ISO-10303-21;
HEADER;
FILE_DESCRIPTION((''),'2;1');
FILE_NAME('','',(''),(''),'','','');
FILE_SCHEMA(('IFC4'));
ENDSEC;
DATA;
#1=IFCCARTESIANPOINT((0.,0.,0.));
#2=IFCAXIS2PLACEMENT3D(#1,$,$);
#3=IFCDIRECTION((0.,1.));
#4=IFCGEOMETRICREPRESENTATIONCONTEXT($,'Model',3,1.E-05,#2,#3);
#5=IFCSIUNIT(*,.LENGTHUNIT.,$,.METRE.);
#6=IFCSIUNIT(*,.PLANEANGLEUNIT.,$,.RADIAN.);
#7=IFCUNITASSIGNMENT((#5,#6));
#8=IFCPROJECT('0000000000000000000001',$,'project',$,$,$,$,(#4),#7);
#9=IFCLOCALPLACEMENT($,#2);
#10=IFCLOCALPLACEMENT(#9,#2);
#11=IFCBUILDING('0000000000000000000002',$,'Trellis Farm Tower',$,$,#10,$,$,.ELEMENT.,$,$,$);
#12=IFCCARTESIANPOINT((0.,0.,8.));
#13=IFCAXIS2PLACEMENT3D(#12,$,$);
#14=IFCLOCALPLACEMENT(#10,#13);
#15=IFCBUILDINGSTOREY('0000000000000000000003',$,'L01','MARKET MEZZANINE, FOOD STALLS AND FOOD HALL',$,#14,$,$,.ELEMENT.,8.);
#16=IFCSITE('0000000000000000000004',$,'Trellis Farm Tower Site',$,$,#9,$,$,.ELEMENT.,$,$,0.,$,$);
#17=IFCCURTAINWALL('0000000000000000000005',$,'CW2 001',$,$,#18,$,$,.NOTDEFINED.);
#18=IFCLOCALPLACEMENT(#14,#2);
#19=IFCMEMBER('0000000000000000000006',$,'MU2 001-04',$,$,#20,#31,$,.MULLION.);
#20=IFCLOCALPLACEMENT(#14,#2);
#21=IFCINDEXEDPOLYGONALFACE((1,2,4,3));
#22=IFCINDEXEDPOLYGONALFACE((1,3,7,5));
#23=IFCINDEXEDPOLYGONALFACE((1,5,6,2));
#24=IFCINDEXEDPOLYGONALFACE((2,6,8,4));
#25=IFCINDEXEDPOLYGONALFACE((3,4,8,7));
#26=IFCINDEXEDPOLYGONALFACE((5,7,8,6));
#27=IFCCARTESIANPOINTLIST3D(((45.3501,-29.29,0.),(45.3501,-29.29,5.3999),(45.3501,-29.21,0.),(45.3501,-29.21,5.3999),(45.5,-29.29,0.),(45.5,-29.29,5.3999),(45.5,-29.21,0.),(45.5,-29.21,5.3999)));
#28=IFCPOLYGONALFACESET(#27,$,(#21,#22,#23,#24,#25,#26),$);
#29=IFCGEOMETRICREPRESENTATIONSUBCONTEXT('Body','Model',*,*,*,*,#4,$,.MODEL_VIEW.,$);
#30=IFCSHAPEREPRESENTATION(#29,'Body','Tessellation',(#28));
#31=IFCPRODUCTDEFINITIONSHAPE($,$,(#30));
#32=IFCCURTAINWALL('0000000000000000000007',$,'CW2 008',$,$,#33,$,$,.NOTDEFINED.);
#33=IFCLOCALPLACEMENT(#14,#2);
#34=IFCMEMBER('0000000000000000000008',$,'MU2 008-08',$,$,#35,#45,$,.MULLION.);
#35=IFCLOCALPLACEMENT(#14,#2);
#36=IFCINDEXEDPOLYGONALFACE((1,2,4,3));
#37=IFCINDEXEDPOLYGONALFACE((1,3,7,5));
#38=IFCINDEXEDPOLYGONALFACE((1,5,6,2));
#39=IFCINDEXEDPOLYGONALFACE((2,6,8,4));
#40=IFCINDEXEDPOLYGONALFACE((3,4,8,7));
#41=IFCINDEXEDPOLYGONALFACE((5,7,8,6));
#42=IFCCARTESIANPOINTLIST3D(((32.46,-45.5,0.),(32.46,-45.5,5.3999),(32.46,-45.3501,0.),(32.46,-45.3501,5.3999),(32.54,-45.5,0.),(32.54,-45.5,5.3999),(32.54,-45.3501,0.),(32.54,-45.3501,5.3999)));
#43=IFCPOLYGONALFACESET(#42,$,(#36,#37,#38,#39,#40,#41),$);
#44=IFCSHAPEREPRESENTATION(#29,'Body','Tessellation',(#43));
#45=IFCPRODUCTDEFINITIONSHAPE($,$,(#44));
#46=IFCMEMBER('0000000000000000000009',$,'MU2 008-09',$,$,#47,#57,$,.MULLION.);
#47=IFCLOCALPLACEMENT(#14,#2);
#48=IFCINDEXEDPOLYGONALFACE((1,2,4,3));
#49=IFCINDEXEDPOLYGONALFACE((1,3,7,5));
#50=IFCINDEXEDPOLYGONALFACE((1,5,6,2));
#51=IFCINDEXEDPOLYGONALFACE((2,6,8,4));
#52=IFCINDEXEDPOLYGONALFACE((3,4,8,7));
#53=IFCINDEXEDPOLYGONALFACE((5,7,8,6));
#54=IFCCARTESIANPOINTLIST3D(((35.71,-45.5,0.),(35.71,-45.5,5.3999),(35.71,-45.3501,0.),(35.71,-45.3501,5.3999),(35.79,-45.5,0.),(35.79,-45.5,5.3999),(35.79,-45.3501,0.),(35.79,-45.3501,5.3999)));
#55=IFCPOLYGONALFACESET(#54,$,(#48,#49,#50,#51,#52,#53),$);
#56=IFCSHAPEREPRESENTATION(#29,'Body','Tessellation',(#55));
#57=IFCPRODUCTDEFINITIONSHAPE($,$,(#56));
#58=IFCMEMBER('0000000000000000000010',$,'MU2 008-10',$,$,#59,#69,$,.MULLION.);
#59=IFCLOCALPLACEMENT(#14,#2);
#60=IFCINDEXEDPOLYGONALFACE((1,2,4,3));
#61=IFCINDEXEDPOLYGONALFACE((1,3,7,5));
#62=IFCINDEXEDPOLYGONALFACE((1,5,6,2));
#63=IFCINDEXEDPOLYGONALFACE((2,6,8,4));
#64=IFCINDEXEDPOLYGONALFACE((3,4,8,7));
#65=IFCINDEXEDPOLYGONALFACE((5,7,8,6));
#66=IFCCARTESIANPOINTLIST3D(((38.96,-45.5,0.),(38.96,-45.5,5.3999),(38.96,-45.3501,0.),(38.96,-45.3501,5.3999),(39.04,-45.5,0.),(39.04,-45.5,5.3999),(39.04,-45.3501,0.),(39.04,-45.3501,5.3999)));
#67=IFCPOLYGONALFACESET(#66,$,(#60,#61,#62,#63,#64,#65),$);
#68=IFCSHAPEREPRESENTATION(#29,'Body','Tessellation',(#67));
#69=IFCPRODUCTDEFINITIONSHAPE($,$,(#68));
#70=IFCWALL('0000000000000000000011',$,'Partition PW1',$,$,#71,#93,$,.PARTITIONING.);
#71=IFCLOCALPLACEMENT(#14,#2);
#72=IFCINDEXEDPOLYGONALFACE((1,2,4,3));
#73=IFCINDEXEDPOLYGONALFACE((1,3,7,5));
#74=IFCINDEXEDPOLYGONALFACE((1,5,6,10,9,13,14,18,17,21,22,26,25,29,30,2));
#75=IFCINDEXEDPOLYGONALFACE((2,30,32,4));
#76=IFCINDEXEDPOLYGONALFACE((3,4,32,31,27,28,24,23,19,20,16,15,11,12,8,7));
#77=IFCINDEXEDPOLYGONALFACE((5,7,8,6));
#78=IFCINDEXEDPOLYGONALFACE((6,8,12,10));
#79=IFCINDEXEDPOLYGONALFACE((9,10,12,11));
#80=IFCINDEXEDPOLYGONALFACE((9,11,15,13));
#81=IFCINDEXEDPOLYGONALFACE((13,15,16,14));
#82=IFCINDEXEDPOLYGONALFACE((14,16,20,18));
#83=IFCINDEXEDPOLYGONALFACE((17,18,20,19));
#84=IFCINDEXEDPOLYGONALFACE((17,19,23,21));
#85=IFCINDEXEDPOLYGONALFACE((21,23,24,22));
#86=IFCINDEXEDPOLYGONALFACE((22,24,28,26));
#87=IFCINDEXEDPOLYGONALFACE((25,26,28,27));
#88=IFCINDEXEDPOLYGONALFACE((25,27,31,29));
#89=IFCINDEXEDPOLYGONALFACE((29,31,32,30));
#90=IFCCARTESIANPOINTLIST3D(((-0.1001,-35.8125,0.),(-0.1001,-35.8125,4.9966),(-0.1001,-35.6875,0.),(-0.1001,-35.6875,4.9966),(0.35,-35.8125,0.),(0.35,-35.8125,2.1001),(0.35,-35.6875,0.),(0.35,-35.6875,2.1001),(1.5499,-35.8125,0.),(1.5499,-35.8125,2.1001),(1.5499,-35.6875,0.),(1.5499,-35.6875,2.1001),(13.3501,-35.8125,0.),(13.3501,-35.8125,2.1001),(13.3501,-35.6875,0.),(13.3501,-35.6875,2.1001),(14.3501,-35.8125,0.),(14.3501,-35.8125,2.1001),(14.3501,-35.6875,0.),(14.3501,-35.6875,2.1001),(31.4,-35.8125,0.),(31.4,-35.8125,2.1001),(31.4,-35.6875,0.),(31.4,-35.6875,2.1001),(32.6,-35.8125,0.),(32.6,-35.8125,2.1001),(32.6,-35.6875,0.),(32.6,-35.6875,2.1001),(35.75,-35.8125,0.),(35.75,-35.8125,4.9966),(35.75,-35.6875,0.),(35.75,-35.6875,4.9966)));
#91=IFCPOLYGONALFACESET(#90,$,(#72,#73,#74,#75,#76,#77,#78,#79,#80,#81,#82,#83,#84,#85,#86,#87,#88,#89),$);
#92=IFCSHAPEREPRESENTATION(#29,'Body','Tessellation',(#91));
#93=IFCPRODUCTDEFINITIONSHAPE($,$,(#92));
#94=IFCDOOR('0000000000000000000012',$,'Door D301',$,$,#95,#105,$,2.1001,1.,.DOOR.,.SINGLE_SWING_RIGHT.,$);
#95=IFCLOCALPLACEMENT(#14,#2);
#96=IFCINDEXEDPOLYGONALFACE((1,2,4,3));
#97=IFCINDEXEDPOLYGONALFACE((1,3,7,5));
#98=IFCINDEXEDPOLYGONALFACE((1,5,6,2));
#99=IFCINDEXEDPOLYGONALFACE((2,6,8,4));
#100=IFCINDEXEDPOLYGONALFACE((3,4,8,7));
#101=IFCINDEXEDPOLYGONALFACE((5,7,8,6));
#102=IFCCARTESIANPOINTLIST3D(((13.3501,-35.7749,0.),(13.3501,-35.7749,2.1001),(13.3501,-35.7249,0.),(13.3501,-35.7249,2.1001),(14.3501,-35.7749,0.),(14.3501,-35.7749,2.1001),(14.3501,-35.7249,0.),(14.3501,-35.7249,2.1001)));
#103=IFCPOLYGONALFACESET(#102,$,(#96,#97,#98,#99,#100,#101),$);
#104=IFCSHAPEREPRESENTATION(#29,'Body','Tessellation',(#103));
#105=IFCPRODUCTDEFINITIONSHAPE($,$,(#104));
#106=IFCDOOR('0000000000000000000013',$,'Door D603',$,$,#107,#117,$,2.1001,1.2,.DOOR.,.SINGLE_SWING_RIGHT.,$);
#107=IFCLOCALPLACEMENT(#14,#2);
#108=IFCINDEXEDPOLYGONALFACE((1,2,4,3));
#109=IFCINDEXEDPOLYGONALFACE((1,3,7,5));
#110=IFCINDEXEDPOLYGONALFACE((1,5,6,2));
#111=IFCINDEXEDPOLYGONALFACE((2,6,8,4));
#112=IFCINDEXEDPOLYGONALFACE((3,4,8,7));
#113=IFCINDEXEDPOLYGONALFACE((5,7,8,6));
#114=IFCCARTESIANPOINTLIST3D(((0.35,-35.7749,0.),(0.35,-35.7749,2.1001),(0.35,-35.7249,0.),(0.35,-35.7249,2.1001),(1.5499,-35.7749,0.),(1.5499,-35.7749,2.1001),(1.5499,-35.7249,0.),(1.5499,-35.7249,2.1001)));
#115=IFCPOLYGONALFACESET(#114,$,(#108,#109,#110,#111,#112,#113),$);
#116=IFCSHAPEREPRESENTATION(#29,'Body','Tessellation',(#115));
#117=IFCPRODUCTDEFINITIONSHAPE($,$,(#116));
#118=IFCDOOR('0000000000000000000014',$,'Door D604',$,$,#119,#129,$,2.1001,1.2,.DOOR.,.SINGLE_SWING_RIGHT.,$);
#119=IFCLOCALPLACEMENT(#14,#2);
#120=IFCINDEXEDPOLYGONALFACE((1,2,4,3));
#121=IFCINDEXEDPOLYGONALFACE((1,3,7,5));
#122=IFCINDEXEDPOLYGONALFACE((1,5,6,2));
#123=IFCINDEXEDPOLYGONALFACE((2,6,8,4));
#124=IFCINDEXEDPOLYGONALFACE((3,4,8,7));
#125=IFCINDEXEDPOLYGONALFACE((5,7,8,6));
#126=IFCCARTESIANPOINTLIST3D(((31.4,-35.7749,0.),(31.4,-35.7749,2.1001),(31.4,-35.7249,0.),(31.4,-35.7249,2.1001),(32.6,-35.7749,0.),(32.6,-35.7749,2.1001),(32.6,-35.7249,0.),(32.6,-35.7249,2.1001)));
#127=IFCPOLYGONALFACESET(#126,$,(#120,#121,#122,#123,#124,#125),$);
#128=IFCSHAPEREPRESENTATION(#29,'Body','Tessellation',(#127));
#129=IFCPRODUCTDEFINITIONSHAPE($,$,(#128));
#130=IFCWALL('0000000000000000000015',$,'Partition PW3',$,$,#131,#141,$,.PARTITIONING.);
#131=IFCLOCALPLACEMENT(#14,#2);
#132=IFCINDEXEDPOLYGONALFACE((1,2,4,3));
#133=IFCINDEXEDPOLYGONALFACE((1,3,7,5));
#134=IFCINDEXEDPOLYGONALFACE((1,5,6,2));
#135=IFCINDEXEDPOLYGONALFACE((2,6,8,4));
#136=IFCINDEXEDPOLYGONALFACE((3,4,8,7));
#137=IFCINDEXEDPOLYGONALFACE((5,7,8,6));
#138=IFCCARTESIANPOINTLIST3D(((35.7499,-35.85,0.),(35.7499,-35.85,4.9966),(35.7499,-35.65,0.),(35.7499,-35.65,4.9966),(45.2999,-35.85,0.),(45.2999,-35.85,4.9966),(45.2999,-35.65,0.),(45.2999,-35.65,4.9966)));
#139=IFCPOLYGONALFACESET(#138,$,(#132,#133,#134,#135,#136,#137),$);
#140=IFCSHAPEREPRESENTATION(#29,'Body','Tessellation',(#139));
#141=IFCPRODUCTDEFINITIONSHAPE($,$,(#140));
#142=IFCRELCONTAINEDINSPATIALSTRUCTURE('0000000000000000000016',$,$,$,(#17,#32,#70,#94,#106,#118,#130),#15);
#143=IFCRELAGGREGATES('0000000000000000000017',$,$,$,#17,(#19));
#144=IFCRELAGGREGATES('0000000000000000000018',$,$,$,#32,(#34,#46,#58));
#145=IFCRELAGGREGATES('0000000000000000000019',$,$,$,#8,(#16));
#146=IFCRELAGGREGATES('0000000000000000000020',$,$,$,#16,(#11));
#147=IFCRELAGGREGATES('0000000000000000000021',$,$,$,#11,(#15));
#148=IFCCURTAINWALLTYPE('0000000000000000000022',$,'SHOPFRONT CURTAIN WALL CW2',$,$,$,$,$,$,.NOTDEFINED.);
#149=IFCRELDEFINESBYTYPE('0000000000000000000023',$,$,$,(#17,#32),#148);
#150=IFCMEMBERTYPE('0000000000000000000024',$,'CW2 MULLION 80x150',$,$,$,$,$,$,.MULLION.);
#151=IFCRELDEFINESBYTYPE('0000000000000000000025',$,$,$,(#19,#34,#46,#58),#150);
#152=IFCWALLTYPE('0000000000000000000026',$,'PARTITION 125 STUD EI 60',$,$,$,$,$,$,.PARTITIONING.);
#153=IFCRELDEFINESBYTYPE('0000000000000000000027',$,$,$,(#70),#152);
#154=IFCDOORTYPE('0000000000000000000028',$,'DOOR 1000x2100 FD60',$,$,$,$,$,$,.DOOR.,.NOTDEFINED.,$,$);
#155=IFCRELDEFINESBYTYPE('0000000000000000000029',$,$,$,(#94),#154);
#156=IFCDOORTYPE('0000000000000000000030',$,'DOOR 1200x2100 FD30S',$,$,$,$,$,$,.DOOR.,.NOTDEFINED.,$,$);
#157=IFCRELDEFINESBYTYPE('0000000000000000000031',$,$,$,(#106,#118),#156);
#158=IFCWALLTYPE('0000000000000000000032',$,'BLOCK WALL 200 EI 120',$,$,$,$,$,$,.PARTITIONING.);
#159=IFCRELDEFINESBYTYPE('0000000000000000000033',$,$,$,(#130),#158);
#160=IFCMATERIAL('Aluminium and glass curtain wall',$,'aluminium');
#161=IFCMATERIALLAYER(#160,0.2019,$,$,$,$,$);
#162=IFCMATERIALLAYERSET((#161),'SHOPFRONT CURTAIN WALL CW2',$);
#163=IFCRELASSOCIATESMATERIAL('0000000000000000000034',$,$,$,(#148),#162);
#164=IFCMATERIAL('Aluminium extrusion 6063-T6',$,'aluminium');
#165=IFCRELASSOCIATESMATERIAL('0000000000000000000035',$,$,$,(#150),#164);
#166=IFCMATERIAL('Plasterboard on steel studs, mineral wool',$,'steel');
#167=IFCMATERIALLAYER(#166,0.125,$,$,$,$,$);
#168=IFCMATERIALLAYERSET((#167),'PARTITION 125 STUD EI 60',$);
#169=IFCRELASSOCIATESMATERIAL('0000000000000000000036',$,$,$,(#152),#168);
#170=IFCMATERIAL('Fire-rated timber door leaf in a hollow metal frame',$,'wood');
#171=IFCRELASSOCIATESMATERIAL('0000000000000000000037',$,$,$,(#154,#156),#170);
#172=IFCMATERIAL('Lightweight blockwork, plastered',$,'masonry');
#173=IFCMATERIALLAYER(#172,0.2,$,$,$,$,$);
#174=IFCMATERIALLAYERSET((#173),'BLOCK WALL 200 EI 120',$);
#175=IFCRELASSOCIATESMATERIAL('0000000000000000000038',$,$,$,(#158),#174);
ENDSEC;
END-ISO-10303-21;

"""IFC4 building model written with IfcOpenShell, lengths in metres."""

from ifc_helpers import new_model, si_unit, direction, frame, frame_2d, origin, origin_2d, place, context, subcontext, project, spatial, rectangle, extrude, source, transform, mapped, material, layer, layer_set, material_profile, profile_set, type_object, element, fill, aggregate, save


model = new_model("IFC4")

# Units and contexts
model_context = context("Model", 3, precision=1e-05, world=origin(), true_north=direction((0.0, 1.0)))
body_context = subcontext(model_context, "Body", "Model", "MODEL_VIEW")
ifc_project = project(units=[si_unit("LENGTHUNIT", "METRE"), si_unit("PLANEANGLEUNIT", "RADIAN")], contexts=[model_context])

# Site, building, storey
site_placement = place(None, origin())
site = spatial("IfcSite", under=ifc_project, at=site_placement, Name="Trellis Farm Tower Site", CompositionType="ELEMENT", RefElevation=0.0)
building_placement = place(site_placement, origin())
building = spatial("IfcBuilding", under=site, at=building_placement, Name="Trellis Farm Tower", CompositionType="ELEMENT")
storey_placement = place(building_placement, frame((0.0, 0.0, 8.0)))
storey = spatial("IfcBuildingStorey", under=building, at=storey_placement, Name="L01", Description="MARKET MEZZANINE, FOOD STALLS AND FOOD HALL", CompositionType="ELEMENT", Elevation=8.0)

# Curtain walls, members
ifc_material_1 = material(Name="Aluminium and glass curtain wall", Category="aluminium")
ifc_layer_1 = layer(ifc_material_1, 0.2019)
ifc_layer_set_1 = layer_set([ifc_layer_1], Name="SHOPFRONT CURTAIN WALL CW2")
curtain_wall_type = type_object("IfcCurtainWallType", Name="SHOPFRONT CURTAIN WALL CW2", PredefinedType="NOTDEFINED", material=ifc_layer_set_1)
placement = place(storey_placement, origin())
curtain_wall_1 = element("IfcCurtainWall", 1, at=placement, inside=storey, type_object=curtain_wall_type, Name="CW2 001", PredefinedType="NOTDEFINED")
ifc_material_2 = material(Name="Aluminium extrusion 6063-T6", Category="aluminium")
ifc_material_profile_1 = material_profile(ifc_material_2, rectangle(XDim=0.0801, YDim=0.1499, at=origin_2d()), Name="MULLION 80x150")
ifc_profile_set_1 = profile_set([ifc_material_profile_1], Name="Aluminium extrusion 6063-T6")
member_type = type_object("IfcMemberType", Name="CW2 MULLION 80x150", PredefinedType="MULLION", material=ifc_profile_set_1)
shared_shape_1 = source(origin(), body_context, "Body", "SweptSolid", [
    extrude(rectangle(XDim=0.0801, YDim=0.1499, at=origin_2d()), origin(), (0.0, 0.0, 1.0), 5.3999),
])
member_1_placement = place(storey_placement, frame((45.425, -29.25, 0.0), z_axis=(0.0, 0.0, 1.0), x_axis=(0.0, 1.0, 0.0)))
member_1 = element("IfcMember", 2, at=member_1_placement, type_object=member_type, Name="MU2 001-04", PredefinedType="MULLION", context=body_context, shape_type="MappedRepresentation", body=[
    mapped(shared_shape_1, transform((0.0, 0.0, 0.0))),
])
aggregate(curtain_wall_1, [member_1])
curtain_wall_2 = element("IfcCurtainWall", 3, at=placement, inside=storey, type_object=curtain_wall_type, Name="CW2 008", PredefinedType="NOTDEFINED")
member_2_placement = place(storey_placement, frame((32.5, -45.425, 0.0), z_axis=(0.0, 0.0, 1.0), x_axis=(1.0, 0.0, 0.0)))
member_2 = element("IfcMember", 4, at=member_2_placement, type_object=member_type, Name="MU2 008-08", PredefinedType="MULLION", context=body_context, shape_type="MappedRepresentation", body=[
    mapped(shared_shape_1, transform((0.0, 0.0, 0.0))),
])
member_3_placement = place(storey_placement, frame((35.75, -45.425, 0.0), z_axis=(0.0, 0.0, 1.0), x_axis=(1.0, 0.0, 0.0)))
member_3 = element("IfcMember", 5, at=member_3_placement, type_object=member_type, Name="MU2 008-09", PredefinedType="MULLION", context=body_context, shape_type="MappedRepresentation", body=[
    mapped(shared_shape_1, transform((0.0, 0.0, 0.0))),
])
member_4_placement = place(storey_placement, frame((39.0, -45.425, 0.0), z_axis=(0.0, 0.0, 1.0), x_axis=(1.0, 0.0, 0.0)))
member_4 = element("IfcMember", 6, at=member_4_placement, type_object=member_type, Name="MU2 008-10", PredefinedType="MULLION", context=body_context, shape_type="MappedRepresentation", body=[
    mapped(shared_shape_1, transform((0.0, 0.0, 0.0))),
])
aggregate(curtain_wall_2, [member_2, member_3, member_4])

# Wall, openings, doors
ifc_material_3 = material(Name="Plasterboard on steel studs, mineral wool", Category="steel")
ifc_layer_2 = layer(ifc_material_3, 0.125)
ifc_layer_set_2 = layer_set([ifc_layer_2], Name="PARTITION 125 STUD EI 60")
wall_type_1 = type_object("IfcWallType", Name="PARTITION 125 STUD EI 60", PredefinedType="PARTITIONING", material=ifc_layer_set_2)
wall_1_placement = place(storey_placement, frame((35.75, -35.75, 0.0), z_axis=(0.0, 0.0, 1.0), x_axis=(-1.0, 0.0, 0.0)))
wall_1 = element("IfcWall", 7, at=wall_1_placement, inside=storey, type_object=wall_type_1, Name="Partition PW1", PredefinedType="PARTITIONING", context=body_context, shape_type="SweptSolid", body=[
    extrude(rectangle(XDim=35.8501, YDim=0.125, at=frame_2d((17.925, 0.0))), origin(), (0.0, 0.0, 1.0), 4.9966),
])
shared_shape_2 = source(origin(), body_context, "Body", "SweptSolid", [
    extrude(rectangle(XDim=1.2, YDim=2.1001, at=frame_2d((0.6001, 1.05))), frame((0.0, 0.0725, 0.0), z_axis=(0.0, -1.0, 0.0), x_axis=(1.0, 0.0, 0.0)), (0.0, 0.0, 1.0), 0.145),
])
opening_1_placement = place(wall_1_placement, frame((34.2, 0.0, 0.0)))
opening_1 = element("IfcOpeningElement", 8, at=opening_1_placement, cuts=wall_1, PredefinedType="OPENING", context=body_context, shape_type="MappedRepresentation", body=[
    mapped(shared_shape_2, transform((0.0, 0.0, 0.0))),
])
shared_shape_3 = source(origin(), body_context, "Body", "SweptSolid", [
    extrude(rectangle(XDim=1.0, YDim=2.1001, at=frame_2d((0.5, 1.05))), frame((0.0, 0.0725, 0.0), z_axis=(0.0, -1.0, 0.0), x_axis=(1.0, 0.0, 0.0)), (0.0, 0.0, 1.0), 0.145),
])
opening_2_placement = place(wall_1_placement, frame((21.3999, 0.0, 0.0)))
opening_2 = element("IfcOpeningElement", 9, at=opening_2_placement, cuts=wall_1, PredefinedType="OPENING", context=body_context, shape_type="MappedRepresentation", body=[
    mapped(shared_shape_3, transform((0.0, 0.0, 0.0))),
])
opening_3_placement = place(wall_1_placement, frame((3.1499, 0.0, 0.0)))
opening_3 = element("IfcOpeningElement", 10, at=opening_3_placement, cuts=wall_1, PredefinedType="OPENING", context=body_context, shape_type="MappedRepresentation", body=[
    mapped(shared_shape_2, transform((0.0, 0.0, 0.0))),
])
ifc_material_4 = material(Name="Fire-rated timber door leaf in a hollow metal frame", Category="wood")
door_type_1 = type_object("IfcDoorType", Name="DOOR 1000x2100 FD60", OperationType="NOTDEFINED", PredefinedType="DOOR", material=ifc_material_4)
shared_shape_4 = source(origin(), body_context, "Body", "SweptSolid", [
    extrude(rectangle(XDim=1.0, YDim=2.1001, at=frame_2d((0.5, 1.05))), frame((0.0, 0.0249, 0.0), z_axis=(0.0, -1.0, 0.0), x_axis=(1.0, 0.0, 0.0)), (0.0, 0.0, 1.0), 0.05),
])
door_1_placement = place(opening_2_placement, origin())
door_1 = element("IfcDoor", 11, at=door_1_placement, inside=storey, type_object=door_type_1, Name="Door D301", OperationType="SINGLE_SWING_RIGHT", OverallHeight=2.1001, OverallWidth=1.0, PredefinedType="DOOR", context=body_context, shape_type="MappedRepresentation", body=[
    mapped(shared_shape_4, transform((0.0, 0.0, 0.0))),
])
fill(opening_2, door_1)
door_type_2 = type_object("IfcDoorType", Name="DOOR 1200x2100 FD30S", OperationType="NOTDEFINED", PredefinedType="DOOR", material=ifc_material_4)
shared_shape_5 = source(origin(), body_context, "Body", "SweptSolid", [
    extrude(rectangle(XDim=1.2, YDim=2.1001, at=frame_2d((0.6001, 1.05))), frame((0.0, 0.0249, 0.0), z_axis=(0.0, -1.0, 0.0), x_axis=(1.0, 0.0, 0.0)), (0.0, 0.0, 1.0), 0.05),
])
door_2_placement = place(opening_1_placement, origin())
door_2 = element("IfcDoor", 12, at=door_2_placement, inside=storey, type_object=door_type_2, Name="Door D603", OperationType="SINGLE_SWING_RIGHT", OverallHeight=2.1001, OverallWidth=1.2, PredefinedType="DOOR", context=body_context, shape_type="MappedRepresentation", body=[
    mapped(shared_shape_5, transform((0.0, 0.0, 0.0))),
])
fill(opening_1, door_2)
door_3_placement = place(opening_3_placement, origin())
door_3 = element("IfcDoor", 13, at=door_3_placement, inside=storey, type_object=door_type_2, Name="Door D604", OperationType="SINGLE_SWING_RIGHT", OverallHeight=2.1001, OverallWidth=1.2, PredefinedType="DOOR", context=body_context, shape_type="MappedRepresentation", body=[
    mapped(shared_shape_5, transform((0.0, 0.0, 0.0))),
])
fill(opening_3, door_3)

# Wall
ifc_material_5 = material(Name="Lightweight blockwork, plastered", Category="masonry")
ifc_layer_3 = layer(ifc_material_5, 0.2)
ifc_layer_set_3 = layer_set([ifc_layer_3], Name="BLOCK WALL 200 EI 120")
wall_type_2 = type_object("IfcWallType", Name="BLOCK WALL 200 EI 120", PredefinedType="PARTITIONING", material=ifc_layer_set_3)
shared_shape_6 = source(origin(), body_context, "Body", "SweptSolid", [
    extrude(rectangle(XDim=9.55, YDim=0.2, at=frame_2d((4.7749, 0.0))), origin(), (0.0, 0.0, 1.0), 4.9966),
])
wall_2_placement = place(storey_placement, frame((35.75, -35.75, 0.0), z_axis=(0.0, 0.0, 1.0), x_axis=(1.0, 0.0, 0.0)))
element("IfcWall", 14, at=wall_2_placement, inside=storey, type_object=wall_type_2, Name="Partition PW3", PredefinedType="PARTITIONING", context=body_context, shape_type="MappedRepresentation", body=[
    mapped(shared_shape_6, transform((0.0, 0.0, 0.0))),
])

save(model, "model.ifc")
